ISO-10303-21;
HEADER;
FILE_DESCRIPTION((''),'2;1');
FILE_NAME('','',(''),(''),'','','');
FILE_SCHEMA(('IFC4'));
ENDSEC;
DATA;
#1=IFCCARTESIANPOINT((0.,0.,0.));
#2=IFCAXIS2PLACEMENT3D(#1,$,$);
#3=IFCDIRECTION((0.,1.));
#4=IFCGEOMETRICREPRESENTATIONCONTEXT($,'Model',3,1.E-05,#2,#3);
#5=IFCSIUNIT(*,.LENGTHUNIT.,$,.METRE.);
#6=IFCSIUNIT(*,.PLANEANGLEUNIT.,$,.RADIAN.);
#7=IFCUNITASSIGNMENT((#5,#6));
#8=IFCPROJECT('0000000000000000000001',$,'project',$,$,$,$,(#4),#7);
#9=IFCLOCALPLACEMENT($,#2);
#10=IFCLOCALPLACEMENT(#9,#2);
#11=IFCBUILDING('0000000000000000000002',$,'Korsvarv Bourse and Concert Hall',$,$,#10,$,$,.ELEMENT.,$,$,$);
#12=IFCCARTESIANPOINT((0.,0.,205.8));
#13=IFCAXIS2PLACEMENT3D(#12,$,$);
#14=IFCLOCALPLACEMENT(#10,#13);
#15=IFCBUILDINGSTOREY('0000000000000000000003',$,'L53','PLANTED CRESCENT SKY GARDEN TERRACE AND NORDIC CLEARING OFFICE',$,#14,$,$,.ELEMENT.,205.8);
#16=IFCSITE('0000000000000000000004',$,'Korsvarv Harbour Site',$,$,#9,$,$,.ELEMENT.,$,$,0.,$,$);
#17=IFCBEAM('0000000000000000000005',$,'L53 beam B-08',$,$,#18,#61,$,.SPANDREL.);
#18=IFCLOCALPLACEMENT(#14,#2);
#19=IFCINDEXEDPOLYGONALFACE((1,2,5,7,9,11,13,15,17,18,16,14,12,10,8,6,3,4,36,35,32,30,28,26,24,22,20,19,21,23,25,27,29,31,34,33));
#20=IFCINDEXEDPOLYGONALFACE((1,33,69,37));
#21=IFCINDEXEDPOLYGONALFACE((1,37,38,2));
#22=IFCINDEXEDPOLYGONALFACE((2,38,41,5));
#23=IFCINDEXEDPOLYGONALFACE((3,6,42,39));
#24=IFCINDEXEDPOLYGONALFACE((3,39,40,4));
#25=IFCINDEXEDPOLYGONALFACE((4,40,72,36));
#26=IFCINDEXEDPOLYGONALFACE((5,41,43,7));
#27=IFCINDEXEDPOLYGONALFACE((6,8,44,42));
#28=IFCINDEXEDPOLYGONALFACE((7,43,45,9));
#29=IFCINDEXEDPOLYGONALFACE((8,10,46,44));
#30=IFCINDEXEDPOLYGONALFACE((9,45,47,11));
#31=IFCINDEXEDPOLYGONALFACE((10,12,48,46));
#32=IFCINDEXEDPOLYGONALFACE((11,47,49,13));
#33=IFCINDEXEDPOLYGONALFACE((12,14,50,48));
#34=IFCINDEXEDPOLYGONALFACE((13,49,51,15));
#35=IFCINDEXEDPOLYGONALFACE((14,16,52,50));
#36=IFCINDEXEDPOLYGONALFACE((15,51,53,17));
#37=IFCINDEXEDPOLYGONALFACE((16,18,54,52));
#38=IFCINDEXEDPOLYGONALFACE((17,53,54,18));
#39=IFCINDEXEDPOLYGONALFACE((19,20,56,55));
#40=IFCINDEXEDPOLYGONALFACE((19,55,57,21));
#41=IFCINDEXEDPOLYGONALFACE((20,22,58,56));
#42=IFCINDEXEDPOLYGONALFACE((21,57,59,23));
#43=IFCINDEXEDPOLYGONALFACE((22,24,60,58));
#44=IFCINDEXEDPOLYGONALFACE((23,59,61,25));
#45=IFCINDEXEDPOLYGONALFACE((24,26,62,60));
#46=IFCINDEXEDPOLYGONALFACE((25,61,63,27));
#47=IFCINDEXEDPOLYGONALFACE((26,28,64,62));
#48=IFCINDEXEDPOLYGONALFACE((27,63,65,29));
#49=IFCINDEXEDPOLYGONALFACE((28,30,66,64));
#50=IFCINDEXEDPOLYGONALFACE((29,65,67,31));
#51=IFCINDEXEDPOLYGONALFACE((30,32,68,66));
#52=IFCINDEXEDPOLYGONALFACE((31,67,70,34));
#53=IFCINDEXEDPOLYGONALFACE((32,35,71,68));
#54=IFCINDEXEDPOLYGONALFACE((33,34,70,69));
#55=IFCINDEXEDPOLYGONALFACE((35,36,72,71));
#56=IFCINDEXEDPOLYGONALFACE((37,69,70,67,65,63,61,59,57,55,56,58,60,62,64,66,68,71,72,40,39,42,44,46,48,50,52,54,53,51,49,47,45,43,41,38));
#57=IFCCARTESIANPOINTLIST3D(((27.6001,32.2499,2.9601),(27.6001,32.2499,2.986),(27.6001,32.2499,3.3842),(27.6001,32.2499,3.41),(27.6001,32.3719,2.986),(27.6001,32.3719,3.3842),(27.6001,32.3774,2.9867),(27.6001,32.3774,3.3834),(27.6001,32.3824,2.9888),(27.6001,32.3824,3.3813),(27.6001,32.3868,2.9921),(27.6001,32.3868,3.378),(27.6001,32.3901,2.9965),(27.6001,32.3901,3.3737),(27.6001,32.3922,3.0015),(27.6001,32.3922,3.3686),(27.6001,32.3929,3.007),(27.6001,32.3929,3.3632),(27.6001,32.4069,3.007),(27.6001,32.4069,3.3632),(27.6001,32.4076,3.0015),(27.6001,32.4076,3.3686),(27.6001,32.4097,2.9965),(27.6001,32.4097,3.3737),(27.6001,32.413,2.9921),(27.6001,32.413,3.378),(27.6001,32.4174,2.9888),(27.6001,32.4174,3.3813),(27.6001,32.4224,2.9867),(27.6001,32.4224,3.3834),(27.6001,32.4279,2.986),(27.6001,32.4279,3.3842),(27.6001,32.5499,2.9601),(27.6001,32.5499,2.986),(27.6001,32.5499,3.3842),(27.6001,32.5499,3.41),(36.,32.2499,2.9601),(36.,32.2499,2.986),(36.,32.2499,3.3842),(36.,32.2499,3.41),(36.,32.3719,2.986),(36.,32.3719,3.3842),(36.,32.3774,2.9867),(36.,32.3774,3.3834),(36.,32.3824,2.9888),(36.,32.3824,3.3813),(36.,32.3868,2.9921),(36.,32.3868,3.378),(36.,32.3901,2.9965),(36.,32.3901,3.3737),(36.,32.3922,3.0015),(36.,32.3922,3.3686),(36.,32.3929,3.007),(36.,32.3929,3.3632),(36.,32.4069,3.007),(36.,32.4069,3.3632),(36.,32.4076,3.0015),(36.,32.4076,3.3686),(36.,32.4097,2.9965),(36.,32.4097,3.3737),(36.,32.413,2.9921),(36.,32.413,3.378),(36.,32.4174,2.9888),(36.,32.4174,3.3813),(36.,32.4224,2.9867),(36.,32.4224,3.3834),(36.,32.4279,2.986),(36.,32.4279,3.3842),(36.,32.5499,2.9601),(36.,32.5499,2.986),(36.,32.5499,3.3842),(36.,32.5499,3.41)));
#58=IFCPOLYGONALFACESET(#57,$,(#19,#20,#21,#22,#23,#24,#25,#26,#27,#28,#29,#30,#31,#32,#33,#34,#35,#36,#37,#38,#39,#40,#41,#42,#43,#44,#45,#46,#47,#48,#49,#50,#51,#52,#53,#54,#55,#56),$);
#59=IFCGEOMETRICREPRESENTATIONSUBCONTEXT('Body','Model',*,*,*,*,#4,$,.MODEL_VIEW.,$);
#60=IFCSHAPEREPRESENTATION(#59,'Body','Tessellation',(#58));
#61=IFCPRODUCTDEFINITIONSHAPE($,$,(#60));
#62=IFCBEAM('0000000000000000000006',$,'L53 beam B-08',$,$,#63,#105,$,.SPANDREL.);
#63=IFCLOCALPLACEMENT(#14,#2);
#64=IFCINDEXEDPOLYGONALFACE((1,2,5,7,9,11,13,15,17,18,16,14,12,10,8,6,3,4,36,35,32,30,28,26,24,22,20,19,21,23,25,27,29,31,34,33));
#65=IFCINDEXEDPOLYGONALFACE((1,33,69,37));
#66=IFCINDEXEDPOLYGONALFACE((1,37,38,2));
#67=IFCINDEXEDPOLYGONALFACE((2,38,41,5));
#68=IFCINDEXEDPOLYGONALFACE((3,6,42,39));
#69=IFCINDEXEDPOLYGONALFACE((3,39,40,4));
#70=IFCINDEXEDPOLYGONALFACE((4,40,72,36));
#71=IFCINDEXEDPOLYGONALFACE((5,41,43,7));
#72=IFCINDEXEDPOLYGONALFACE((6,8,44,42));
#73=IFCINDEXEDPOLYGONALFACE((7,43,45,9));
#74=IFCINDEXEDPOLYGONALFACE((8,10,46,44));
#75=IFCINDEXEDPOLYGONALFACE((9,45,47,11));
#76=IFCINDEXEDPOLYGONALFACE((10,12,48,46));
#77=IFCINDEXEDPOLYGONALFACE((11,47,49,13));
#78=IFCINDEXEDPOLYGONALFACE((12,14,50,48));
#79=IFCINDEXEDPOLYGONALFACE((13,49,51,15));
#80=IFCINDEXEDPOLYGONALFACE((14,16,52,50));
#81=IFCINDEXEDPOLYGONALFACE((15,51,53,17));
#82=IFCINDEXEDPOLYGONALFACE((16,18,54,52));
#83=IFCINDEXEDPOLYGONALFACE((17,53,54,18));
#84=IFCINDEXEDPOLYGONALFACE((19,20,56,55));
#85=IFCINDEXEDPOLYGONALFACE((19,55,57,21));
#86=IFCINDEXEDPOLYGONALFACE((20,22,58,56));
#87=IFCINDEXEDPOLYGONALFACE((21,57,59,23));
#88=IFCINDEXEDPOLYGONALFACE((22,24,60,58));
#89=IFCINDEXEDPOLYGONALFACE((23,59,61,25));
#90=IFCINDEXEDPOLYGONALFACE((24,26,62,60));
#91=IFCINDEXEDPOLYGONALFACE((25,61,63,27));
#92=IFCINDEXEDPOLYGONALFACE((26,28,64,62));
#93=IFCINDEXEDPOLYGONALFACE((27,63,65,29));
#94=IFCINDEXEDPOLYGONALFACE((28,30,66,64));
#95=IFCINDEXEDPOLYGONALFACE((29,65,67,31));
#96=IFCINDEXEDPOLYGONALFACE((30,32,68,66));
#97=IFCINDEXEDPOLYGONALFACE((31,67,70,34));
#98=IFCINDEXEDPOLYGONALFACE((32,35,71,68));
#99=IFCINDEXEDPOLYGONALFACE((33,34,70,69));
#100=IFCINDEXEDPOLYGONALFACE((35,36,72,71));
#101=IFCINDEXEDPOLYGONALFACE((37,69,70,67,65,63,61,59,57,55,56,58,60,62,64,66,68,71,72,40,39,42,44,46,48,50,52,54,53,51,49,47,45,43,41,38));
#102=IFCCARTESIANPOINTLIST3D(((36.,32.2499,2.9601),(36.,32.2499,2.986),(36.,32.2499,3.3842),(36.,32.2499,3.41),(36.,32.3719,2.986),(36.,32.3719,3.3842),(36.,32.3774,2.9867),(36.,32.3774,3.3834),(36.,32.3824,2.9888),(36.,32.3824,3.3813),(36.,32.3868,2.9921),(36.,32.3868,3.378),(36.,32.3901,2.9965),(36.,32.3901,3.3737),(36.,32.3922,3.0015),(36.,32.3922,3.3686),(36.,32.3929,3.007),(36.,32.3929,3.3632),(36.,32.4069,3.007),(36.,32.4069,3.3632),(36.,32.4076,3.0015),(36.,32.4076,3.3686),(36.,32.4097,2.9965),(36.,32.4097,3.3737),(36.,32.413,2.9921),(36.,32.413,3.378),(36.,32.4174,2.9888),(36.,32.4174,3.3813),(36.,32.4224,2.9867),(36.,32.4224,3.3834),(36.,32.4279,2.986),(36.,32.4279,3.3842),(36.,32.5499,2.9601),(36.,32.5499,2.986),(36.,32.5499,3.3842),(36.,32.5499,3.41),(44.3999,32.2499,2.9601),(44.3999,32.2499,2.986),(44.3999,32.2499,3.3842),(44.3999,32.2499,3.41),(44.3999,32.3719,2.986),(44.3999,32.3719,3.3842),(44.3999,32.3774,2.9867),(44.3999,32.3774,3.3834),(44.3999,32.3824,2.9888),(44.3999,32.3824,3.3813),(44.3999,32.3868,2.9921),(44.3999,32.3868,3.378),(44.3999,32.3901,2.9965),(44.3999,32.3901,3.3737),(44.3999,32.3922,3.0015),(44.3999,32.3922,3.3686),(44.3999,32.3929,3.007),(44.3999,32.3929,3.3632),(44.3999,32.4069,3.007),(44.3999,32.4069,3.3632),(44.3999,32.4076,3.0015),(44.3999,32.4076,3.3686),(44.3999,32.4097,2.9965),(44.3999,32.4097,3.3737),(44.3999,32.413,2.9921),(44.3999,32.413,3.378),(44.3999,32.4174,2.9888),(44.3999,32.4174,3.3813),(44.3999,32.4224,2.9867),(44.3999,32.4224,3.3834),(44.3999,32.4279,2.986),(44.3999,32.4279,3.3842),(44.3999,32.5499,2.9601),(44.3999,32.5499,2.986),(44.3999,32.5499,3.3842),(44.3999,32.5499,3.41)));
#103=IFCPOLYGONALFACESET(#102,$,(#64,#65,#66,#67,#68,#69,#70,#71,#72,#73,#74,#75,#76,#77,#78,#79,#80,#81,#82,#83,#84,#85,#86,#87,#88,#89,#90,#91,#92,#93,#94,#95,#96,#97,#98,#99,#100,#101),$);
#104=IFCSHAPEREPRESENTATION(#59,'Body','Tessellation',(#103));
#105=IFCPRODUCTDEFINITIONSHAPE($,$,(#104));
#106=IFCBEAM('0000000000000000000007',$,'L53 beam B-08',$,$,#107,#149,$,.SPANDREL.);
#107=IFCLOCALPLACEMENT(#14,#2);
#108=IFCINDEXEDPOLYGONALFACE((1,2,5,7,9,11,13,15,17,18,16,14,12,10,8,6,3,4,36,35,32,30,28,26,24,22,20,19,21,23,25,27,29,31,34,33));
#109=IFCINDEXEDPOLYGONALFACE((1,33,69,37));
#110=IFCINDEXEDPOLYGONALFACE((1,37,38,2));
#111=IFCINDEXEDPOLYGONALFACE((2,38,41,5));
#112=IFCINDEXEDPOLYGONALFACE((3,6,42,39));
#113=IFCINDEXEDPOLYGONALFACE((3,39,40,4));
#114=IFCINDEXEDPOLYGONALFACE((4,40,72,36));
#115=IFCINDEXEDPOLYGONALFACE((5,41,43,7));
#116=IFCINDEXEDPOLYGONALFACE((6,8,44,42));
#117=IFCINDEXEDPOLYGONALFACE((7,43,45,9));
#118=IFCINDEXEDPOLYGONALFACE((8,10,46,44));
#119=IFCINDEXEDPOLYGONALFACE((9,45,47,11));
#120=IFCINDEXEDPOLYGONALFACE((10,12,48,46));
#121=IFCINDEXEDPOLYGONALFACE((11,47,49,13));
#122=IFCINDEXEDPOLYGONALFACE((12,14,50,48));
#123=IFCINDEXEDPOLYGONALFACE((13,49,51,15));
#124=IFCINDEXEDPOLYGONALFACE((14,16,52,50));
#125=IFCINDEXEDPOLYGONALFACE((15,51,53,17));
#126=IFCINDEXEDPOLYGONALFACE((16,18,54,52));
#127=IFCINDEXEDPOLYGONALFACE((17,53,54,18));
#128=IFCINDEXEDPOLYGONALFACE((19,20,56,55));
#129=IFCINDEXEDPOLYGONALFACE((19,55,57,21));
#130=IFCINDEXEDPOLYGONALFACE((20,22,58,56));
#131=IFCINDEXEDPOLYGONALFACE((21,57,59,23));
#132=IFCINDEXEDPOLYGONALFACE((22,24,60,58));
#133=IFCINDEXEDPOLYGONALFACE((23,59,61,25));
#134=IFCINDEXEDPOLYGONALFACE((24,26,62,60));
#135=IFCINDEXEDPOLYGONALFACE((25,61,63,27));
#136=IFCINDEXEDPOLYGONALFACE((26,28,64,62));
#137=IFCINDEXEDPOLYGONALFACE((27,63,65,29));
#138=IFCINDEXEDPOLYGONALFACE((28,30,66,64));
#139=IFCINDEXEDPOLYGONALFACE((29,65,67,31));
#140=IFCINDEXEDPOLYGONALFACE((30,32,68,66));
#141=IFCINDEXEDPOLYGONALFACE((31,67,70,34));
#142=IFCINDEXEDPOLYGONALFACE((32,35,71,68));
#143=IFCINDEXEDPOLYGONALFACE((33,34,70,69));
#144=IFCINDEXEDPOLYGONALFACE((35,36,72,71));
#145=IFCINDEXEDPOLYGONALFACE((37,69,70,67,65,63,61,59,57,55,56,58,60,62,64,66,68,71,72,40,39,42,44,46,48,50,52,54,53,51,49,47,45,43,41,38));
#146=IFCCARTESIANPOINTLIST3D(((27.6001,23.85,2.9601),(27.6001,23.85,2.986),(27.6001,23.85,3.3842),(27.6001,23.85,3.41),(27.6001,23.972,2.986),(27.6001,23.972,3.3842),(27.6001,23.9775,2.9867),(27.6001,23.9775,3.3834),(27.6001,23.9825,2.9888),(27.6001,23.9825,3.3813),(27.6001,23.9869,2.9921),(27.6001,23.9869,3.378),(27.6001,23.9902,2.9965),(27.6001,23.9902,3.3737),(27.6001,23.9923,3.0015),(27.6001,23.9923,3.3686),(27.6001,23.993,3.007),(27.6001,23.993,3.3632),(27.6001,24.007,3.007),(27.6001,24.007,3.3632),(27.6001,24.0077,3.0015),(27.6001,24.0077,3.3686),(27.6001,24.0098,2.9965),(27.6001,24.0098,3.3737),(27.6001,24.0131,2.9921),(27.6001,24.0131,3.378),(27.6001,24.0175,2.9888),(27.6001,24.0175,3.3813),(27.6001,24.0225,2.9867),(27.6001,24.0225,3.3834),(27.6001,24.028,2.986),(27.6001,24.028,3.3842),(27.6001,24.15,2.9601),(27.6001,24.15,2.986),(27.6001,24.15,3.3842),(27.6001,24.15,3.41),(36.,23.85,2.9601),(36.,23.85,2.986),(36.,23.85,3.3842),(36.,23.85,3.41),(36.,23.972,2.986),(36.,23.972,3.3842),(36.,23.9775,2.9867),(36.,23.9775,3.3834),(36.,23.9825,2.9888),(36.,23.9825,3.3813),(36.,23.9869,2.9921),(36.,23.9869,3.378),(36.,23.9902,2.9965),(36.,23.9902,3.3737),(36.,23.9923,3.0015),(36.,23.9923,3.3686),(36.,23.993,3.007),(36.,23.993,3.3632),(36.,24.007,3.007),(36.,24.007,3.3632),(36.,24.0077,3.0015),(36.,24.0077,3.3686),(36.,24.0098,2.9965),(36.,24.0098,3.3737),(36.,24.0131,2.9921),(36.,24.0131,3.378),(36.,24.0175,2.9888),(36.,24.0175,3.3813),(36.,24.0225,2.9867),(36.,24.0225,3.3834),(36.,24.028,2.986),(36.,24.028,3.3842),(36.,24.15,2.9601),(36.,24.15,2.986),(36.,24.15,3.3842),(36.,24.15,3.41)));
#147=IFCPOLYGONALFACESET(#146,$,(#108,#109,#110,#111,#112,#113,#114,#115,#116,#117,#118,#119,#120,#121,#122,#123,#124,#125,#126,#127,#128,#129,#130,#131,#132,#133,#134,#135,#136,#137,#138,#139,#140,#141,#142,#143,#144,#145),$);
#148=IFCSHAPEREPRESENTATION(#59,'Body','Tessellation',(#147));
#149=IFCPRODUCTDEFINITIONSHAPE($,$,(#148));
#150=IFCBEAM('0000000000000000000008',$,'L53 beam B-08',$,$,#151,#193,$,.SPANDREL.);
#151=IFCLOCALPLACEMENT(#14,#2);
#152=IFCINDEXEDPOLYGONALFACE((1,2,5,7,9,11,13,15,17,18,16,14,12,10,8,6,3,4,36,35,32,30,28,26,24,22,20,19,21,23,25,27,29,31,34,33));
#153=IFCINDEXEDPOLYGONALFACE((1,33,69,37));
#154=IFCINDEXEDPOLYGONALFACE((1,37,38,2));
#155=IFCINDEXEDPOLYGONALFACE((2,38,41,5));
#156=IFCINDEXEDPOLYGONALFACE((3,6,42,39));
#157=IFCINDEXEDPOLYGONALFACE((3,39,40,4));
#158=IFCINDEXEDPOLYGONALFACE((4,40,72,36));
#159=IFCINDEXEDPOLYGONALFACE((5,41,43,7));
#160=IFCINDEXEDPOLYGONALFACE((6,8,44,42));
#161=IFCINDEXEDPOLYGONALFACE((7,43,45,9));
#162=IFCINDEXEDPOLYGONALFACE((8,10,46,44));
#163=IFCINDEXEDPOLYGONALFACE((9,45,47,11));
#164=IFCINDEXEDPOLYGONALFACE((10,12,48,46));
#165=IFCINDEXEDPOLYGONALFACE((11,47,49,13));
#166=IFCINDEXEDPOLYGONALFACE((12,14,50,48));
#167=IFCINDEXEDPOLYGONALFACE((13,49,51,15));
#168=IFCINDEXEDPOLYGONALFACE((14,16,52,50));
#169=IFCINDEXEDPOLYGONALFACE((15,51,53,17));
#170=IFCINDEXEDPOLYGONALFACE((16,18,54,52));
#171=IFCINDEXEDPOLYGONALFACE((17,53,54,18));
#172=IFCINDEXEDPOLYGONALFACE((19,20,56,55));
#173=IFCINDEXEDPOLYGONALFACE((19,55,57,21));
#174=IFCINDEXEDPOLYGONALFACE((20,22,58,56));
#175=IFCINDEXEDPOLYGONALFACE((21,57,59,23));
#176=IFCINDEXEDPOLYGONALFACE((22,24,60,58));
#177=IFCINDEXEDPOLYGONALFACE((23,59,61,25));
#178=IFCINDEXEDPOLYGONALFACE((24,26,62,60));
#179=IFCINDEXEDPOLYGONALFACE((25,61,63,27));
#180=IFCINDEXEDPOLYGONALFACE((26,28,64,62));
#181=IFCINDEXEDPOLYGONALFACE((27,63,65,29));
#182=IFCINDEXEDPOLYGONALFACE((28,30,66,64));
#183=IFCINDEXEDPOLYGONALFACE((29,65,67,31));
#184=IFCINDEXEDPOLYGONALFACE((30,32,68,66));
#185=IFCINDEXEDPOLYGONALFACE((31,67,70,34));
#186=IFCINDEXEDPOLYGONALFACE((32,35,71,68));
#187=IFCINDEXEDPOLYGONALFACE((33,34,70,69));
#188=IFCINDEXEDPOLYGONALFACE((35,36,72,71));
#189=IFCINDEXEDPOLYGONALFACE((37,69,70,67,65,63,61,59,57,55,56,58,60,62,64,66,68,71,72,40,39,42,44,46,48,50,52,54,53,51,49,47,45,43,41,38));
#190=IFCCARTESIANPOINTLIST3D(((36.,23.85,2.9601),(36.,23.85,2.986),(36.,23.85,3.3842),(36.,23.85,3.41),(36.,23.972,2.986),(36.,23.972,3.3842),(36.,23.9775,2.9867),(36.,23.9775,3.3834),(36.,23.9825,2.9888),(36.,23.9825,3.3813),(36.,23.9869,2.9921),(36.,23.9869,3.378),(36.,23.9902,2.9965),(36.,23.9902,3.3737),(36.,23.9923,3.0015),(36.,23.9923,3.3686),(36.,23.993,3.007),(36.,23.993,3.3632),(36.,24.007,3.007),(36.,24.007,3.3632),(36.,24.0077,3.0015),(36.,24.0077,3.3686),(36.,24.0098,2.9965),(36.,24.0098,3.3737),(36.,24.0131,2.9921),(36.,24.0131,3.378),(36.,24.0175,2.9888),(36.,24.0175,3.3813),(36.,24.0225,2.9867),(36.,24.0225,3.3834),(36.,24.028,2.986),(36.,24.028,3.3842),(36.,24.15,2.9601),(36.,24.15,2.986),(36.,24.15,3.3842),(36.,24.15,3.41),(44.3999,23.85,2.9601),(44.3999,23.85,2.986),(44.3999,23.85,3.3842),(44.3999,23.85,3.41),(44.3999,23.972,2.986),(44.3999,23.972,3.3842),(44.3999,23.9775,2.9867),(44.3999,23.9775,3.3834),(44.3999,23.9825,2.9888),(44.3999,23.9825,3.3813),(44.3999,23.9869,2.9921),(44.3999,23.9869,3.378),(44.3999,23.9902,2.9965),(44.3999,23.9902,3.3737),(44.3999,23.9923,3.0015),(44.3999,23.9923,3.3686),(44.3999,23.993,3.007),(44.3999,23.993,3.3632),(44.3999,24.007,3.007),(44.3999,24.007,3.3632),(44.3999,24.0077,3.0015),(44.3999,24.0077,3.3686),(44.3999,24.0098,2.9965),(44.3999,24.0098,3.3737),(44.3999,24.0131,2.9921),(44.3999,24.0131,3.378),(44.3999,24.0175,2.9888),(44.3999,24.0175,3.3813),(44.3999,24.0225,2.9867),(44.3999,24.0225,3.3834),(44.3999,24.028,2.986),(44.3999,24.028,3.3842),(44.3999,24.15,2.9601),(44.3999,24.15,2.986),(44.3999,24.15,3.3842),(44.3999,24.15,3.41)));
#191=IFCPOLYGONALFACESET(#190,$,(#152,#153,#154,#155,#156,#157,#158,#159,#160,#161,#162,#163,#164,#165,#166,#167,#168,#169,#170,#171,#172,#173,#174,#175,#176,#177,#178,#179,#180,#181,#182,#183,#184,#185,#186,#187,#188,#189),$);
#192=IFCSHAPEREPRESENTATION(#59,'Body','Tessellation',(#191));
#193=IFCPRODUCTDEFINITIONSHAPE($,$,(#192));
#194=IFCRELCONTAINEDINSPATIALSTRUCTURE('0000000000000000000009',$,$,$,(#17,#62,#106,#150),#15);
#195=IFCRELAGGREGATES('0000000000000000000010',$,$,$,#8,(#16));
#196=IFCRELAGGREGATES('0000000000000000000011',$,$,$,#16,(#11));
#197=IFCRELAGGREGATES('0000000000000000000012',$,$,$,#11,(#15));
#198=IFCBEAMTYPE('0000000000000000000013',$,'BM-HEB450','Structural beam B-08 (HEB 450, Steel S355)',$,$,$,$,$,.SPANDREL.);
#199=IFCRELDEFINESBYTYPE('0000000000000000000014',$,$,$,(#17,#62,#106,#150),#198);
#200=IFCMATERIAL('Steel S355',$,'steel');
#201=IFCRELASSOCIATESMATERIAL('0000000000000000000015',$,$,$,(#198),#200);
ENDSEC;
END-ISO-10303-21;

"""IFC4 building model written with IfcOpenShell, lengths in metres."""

from ifc_helpers import new_model, si_unit, direction, frame, origin, origin_2d, place, context, subcontext, project, spatial, i_section, extrude, source, transform, mapped, material, material_profile, profile_set, type_object, element, save


model = new_model("IFC4")

# Units and contexts
model_context = context("Model", 3, precision=1e-05, world=origin(), true_north=direction((0.0, 1.0)))
body_context = subcontext(model_context, "Body", "Model", "MODEL_VIEW")
ifc_project = project(units=[si_unit("LENGTHUNIT", "METRE"), si_unit("PLANEANGLEUNIT", "RADIAN")], contexts=[model_context])

# Site, building, storey
site_placement = place(None, origin())
site = spatial("IfcSite", under=ifc_project, at=site_placement, Name="Korsvarv Harbour Site", CompositionType="ELEMENT", RefElevation=0.0)
building_placement = place(site_placement, origin())
building = spatial("IfcBuilding", under=site, at=building_placement, Name="Korsvarv Bourse and Concert Hall", CompositionType="ELEMENT")
storey_placement = place(building_placement, frame((0.0, 0.0, 205.8)))
storey = spatial("IfcBuildingStorey", under=building, at=storey_placement, Name="L53", Description="PLANTED CRESCENT SKY GARDEN TERRACE AND NORDIC CLEARING OFFICE", CompositionType="ELEMENT", Elevation=205.8)

# Shared definitions
ifc_material_1 = material(Name="Steel S355", Category="steel")

# Beams
ifc_material_profile_1 = material_profile(ifc_material_1, i_section(OverallWidth=0.3, OverallDepth=0.45, WebThickness=0.0139, FlangeThickness=0.0259, FilletRadius=0.021, at=origin_2d()), Name="HEB 450")
ifc_profile_set_1 = profile_set([ifc_material_profile_1], Name="Steel S355")
beam_type_1 = type_object("IfcBeamType", Name="BM-HEB450", Description="Structural beam B-08 (HEB 450, Steel S355)", PredefinedType="SPANDREL", material=ifc_profile_set_1)
shared_shape_1 = source(origin(), body_context, "Body", "SweptSolid", [
    extrude(i_section(OverallWidth=0.3, OverallDepth=0.45, WebThickness=0.0139, FlangeThickness=0.0259, FilletRadius=0.021, at=origin_2d()), origin(), (0.0, 0.0, 1.0), 8.3999),
])
for number, where, z_axis, x_axis, name in (
    (1, (27.6001, 32.3999, 3.1851), (1.0, 0.0, 0.0), (0.0, 1.0, 0.0), "L53 beam B-08"),
    (2, (36.0, 32.3999, 3.1851), (1.0, 0.0, 0.0), (0.0, 1.0, 0.0), "L53 beam B-08"),
    (3, (27.6001, 24.0, 3.1851), (1.0, 0.0, 0.0), (0.0, 1.0, 0.0), "L53 beam B-08"),
    (4, (36.0, 24.0, 3.1851), (1.0, 0.0, 0.0), (0.0, 1.0, 0.0), "L53 beam B-08"),
):
    element("IfcBeam", number, at=place(storey_placement, frame(where, z_axis=z_axis, x_axis=x_axis)), inside=storey, type_object=beam_type_1, Name=name, PredefinedType="SPANDREL", context=body_context, shape_type="MappedRepresentation", body=[
        mapped(shared_shape_1, transform((0.0, 0.0, 0.0), scale=1.0)),
    ])

save(model, "model.ifc")
